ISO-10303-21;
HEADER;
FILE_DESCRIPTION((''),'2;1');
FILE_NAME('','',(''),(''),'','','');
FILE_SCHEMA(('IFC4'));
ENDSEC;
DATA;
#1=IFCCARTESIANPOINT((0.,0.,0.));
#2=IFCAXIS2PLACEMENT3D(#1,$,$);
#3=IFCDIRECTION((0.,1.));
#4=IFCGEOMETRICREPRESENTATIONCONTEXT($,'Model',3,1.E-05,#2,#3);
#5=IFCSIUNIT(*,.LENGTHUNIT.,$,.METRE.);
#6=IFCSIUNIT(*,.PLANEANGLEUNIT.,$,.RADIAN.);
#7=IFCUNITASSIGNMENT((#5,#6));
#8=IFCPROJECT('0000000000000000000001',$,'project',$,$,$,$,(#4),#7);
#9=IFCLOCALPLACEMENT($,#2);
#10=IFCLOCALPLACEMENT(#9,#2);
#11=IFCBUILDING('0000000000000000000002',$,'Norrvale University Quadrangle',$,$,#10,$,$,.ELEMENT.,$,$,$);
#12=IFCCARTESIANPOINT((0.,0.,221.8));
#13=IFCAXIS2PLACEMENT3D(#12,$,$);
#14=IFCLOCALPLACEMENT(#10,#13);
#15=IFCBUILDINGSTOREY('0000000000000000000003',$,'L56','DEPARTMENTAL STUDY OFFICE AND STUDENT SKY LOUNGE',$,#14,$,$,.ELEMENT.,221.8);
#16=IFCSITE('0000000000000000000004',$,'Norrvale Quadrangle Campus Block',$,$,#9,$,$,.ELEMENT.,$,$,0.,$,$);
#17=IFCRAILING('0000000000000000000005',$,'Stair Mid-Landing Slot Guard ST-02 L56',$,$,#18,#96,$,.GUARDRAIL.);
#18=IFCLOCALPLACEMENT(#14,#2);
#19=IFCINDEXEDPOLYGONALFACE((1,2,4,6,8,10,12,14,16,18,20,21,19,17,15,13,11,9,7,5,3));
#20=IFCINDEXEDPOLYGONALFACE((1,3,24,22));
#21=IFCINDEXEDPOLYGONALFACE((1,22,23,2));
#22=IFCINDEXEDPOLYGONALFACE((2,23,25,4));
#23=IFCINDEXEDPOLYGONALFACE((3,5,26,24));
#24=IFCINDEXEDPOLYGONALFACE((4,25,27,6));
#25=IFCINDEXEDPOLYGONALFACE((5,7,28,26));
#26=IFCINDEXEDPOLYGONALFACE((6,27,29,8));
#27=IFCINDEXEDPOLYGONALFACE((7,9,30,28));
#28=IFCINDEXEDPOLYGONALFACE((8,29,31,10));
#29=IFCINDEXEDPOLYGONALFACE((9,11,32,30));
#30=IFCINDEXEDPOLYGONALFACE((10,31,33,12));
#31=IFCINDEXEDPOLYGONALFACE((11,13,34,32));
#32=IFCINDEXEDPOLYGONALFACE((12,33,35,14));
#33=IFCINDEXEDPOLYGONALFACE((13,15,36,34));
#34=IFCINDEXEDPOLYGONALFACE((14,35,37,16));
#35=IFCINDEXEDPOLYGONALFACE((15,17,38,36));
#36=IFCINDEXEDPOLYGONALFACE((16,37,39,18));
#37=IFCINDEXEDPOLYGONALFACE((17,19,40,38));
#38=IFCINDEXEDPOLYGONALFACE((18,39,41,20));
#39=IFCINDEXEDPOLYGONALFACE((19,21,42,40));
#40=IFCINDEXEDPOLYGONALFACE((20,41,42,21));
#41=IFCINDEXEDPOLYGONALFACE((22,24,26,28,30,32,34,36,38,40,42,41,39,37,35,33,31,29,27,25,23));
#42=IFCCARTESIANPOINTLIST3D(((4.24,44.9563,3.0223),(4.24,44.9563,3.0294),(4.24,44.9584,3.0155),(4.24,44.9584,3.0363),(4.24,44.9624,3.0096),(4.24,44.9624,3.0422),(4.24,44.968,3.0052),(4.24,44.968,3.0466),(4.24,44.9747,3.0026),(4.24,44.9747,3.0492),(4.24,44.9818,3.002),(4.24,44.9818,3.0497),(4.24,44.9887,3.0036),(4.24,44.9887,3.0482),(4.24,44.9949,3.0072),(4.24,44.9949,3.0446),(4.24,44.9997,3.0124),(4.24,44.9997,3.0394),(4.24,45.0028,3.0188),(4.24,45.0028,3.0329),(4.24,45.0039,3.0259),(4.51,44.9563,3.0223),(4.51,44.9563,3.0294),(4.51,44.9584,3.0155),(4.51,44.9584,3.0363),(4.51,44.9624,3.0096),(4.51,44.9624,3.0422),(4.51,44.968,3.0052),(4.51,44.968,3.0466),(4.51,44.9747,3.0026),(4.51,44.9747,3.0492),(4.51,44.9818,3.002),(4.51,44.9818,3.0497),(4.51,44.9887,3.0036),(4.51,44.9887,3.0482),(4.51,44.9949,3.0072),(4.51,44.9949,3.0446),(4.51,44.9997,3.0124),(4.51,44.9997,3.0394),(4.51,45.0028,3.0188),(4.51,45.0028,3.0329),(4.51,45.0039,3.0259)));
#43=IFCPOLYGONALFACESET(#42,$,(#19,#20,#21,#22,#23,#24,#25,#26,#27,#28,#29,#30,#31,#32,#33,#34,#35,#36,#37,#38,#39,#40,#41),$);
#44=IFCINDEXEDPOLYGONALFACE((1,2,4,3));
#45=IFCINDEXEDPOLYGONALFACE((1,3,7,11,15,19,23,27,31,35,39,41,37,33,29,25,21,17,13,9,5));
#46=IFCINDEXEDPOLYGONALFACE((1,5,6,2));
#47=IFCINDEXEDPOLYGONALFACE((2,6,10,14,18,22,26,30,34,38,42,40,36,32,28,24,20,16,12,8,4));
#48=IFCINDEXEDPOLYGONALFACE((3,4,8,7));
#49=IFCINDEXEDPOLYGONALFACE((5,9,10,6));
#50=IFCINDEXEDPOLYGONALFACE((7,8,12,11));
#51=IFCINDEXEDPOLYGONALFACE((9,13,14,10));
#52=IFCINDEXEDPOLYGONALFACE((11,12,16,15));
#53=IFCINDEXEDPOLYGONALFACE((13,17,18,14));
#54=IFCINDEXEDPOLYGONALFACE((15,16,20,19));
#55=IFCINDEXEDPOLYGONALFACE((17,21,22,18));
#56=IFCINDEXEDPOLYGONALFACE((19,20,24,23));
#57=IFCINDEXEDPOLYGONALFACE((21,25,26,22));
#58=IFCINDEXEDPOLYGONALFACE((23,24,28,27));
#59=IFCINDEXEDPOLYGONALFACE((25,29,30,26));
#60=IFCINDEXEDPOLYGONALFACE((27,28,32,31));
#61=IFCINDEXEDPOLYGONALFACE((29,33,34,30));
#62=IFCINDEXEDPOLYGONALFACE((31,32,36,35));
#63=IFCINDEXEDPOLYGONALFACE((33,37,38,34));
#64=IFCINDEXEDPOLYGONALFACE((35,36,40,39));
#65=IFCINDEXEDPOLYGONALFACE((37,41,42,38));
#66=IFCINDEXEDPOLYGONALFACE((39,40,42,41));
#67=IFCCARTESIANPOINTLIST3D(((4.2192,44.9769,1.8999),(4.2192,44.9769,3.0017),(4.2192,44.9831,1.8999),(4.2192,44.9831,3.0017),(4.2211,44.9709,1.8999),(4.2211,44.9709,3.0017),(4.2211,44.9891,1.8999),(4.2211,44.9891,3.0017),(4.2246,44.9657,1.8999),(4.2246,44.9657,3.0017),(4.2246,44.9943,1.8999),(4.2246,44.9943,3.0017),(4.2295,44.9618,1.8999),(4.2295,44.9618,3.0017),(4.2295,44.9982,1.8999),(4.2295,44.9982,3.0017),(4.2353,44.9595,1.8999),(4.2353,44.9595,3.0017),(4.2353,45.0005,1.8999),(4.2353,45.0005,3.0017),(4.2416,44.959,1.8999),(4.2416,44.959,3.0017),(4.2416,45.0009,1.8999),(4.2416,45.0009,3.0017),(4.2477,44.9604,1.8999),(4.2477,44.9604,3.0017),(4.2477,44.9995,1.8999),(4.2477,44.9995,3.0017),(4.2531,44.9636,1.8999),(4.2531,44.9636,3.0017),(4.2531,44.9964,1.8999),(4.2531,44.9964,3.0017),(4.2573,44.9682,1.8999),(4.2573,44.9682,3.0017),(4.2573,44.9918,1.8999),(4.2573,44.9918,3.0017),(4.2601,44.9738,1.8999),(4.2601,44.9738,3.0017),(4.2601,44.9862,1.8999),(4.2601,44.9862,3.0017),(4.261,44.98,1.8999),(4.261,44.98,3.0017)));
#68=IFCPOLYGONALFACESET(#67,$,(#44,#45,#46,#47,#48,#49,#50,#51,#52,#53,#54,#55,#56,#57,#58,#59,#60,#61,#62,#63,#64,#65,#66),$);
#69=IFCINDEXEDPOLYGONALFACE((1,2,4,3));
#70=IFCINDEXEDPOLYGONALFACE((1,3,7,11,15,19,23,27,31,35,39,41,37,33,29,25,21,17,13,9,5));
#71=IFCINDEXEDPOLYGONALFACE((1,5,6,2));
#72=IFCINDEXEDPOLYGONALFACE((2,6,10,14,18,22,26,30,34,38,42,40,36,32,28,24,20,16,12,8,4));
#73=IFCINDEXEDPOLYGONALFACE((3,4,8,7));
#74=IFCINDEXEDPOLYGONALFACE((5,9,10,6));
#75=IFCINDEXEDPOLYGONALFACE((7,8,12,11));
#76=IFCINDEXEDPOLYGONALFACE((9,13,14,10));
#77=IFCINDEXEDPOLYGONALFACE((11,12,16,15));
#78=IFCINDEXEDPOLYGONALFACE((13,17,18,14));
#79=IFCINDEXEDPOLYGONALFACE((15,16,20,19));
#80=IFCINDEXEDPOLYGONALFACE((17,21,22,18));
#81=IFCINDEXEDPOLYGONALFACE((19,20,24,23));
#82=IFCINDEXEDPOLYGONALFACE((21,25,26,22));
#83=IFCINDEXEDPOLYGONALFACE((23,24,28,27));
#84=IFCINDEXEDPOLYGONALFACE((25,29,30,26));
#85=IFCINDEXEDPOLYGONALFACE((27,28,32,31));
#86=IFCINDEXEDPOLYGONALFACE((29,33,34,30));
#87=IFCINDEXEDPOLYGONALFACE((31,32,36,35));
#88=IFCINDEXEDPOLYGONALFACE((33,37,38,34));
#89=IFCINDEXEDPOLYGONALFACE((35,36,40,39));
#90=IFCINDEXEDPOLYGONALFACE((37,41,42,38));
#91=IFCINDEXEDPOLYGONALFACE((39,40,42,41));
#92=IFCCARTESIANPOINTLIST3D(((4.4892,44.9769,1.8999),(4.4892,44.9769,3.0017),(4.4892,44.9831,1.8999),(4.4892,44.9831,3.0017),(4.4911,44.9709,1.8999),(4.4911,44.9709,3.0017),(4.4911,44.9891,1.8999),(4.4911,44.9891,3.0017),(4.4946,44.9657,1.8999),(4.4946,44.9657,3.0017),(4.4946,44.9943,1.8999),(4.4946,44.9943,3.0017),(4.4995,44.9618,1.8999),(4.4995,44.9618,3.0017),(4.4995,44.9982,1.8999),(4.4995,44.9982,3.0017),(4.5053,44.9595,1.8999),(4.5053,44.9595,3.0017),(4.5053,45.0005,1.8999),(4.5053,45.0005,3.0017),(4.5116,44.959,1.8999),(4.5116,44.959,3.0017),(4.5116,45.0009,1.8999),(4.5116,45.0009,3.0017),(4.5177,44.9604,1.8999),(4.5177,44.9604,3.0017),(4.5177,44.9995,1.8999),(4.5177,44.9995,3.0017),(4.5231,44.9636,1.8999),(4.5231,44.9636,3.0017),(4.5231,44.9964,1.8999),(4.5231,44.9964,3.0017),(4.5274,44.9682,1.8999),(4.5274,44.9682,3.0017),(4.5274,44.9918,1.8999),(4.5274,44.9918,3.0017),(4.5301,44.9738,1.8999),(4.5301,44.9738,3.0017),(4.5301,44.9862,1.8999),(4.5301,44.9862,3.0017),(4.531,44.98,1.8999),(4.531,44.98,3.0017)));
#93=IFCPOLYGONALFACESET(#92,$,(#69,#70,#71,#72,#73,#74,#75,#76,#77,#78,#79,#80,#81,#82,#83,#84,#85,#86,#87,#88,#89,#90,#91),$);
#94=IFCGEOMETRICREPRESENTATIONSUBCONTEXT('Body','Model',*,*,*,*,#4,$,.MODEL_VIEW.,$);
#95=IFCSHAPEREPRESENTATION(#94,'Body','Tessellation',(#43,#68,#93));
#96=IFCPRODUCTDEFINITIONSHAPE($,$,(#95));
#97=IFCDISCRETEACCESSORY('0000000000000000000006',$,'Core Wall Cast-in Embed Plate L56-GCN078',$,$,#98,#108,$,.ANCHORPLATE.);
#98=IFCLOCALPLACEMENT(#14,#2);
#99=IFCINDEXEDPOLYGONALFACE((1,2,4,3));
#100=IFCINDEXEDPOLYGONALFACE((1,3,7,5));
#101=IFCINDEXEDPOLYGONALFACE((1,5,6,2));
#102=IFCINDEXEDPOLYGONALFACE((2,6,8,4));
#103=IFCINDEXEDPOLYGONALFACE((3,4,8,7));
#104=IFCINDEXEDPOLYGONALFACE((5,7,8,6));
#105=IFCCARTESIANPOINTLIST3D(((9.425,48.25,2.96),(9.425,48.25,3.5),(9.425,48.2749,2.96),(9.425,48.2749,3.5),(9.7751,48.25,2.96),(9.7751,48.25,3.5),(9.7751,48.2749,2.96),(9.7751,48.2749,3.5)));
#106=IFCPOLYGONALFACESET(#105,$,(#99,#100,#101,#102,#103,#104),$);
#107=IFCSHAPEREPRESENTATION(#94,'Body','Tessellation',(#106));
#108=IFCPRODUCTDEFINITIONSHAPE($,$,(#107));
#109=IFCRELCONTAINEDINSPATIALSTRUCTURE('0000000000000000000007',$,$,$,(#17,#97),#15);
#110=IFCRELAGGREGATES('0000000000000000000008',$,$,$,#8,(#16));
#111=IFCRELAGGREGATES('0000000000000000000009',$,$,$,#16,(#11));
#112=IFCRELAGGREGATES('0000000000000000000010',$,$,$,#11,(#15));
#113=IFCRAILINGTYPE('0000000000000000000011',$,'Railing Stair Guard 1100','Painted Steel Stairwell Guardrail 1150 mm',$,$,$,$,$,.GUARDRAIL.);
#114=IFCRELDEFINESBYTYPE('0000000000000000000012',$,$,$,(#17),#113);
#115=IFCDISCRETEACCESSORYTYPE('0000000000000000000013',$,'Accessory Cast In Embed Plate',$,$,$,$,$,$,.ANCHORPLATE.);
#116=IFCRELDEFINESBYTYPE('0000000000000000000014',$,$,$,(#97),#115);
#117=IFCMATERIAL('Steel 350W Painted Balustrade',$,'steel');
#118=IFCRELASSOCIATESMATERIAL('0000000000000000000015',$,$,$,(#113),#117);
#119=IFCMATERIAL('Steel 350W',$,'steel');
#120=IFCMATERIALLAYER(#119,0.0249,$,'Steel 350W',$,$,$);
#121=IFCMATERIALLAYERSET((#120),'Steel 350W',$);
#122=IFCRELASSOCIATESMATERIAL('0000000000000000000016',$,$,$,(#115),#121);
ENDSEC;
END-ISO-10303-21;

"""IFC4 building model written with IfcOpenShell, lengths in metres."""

from ifc_helpers import new_model, si_unit, direction, frame, origin, origin_2d, place, context, subcontext, project, spatial, rectangle, circle, extrude, material, layer, layer_set, type_object, element, save


model = new_model("IFC4")

# Units and contexts
model_context = context("Model", 3, precision=1e-05, world=origin(), true_north=direction((0.0, 1.0)))
body_context = subcontext(model_context, "Body", "Model", "MODEL_VIEW")
ifc_project = project(units=[si_unit("LENGTHUNIT", "METRE"), si_unit("PLANEANGLEUNIT", "RADIAN")], contexts=[model_context])

# Site, building, storey
site_placement = place(None, origin())
site = spatial("IfcSite", under=ifc_project, at=site_placement, Name="Norrvale Quadrangle Campus Block", CompositionType="ELEMENT", RefElevation=0.0)
building_placement = place(site_placement, origin())
building = spatial("IfcBuilding", under=site, at=building_placement, Name="Norrvale University Quadrangle", CompositionType="ELEMENT")
storey_placement = place(building_placement, frame((0.0, 0.0, 221.8)))
storey = spatial("IfcBuildingStorey", under=building, at=storey_placement, Name="L56", Description="DEPARTMENTAL STUDY OFFICE AND STUDENT SKY LOUNGE", CompositionType="ELEMENT", Elevation=221.8)

# Shared definitions
ifc_material_1 = material(Name="Steel 350W", Category="steel")

# Railing
ifc_material_2 = material(Name="Steel 350W Painted Balustrade", Category="steel")
railing_type = type_object("IfcRailingType", Name="Railing Stair Guard 1100", Description="Painted Steel Stairwell Guardrail 1150 mm", PredefinedType="GUARDRAIL", material=ifc_material_2)
railing_placement = place(storey_placement, frame((4.24, 44.98, 1.8999)))
element("IfcRailing", 1, at=railing_placement, inside=storey, type_object=railing_type, Name="Stair Mid-Landing Slot Guard ST-02 L56", PredefinedType="GUARDRAIL", context=body_context, shape_type="SweptSolid", body=[
    extrude(circle(Radius=0.0239, at=origin_2d()), frame((0.0, 0.0, 1.126), z_axis=(1.0, 0.0, 0.0), x_axis=(0.0, 1.0, 0.0)), (0.0, 0.0, 1.0), 0.27),
    extrude(circle(Radius=0.021, at=origin_2d()), origin(), (0.0, 0.0, 1.0), 1.1018),
    extrude(circle(Radius=0.021, at=origin_2d()), frame((0.27, 0.0, 0.0)), (0.0, 0.0, 1.0), 1.1018),
])

# Discrete accessory
ifc_layer_1 = layer(ifc_material_1, 0.0249, Name="Steel 350W")
ifc_layer_set_1 = layer_set([ifc_layer_1], Name="Steel 350W")
discrete_accessory_type = type_object("IfcDiscreteAccessoryType", Name="Accessory Cast In Embed Plate", PredefinedType="ANCHORPLATE", material=ifc_layer_set_1)
discrete_accessory_placement = place(storey_placement, frame((9.6001, 48.2625, 2.96), z_axis=(0.0, 0.0, 1.0), x_axis=(1.0, 0.0, 0.0)))
element("IfcDiscreteAccessory", 2, at=discrete_accessory_placement, inside=storey, type_object=discrete_accessory_type, Name="Core Wall Cast-in Embed Plate L56-GCN078", PredefinedType="ANCHORPLATE", context=body_context, shape_type="SweptSolid", body=[
    extrude(rectangle(XDim=0.3501, YDim=0.0249, at=origin_2d()), origin(), (0.0, 0.0, 1.0), 0.54),
])

save(model, "model.ifc")
